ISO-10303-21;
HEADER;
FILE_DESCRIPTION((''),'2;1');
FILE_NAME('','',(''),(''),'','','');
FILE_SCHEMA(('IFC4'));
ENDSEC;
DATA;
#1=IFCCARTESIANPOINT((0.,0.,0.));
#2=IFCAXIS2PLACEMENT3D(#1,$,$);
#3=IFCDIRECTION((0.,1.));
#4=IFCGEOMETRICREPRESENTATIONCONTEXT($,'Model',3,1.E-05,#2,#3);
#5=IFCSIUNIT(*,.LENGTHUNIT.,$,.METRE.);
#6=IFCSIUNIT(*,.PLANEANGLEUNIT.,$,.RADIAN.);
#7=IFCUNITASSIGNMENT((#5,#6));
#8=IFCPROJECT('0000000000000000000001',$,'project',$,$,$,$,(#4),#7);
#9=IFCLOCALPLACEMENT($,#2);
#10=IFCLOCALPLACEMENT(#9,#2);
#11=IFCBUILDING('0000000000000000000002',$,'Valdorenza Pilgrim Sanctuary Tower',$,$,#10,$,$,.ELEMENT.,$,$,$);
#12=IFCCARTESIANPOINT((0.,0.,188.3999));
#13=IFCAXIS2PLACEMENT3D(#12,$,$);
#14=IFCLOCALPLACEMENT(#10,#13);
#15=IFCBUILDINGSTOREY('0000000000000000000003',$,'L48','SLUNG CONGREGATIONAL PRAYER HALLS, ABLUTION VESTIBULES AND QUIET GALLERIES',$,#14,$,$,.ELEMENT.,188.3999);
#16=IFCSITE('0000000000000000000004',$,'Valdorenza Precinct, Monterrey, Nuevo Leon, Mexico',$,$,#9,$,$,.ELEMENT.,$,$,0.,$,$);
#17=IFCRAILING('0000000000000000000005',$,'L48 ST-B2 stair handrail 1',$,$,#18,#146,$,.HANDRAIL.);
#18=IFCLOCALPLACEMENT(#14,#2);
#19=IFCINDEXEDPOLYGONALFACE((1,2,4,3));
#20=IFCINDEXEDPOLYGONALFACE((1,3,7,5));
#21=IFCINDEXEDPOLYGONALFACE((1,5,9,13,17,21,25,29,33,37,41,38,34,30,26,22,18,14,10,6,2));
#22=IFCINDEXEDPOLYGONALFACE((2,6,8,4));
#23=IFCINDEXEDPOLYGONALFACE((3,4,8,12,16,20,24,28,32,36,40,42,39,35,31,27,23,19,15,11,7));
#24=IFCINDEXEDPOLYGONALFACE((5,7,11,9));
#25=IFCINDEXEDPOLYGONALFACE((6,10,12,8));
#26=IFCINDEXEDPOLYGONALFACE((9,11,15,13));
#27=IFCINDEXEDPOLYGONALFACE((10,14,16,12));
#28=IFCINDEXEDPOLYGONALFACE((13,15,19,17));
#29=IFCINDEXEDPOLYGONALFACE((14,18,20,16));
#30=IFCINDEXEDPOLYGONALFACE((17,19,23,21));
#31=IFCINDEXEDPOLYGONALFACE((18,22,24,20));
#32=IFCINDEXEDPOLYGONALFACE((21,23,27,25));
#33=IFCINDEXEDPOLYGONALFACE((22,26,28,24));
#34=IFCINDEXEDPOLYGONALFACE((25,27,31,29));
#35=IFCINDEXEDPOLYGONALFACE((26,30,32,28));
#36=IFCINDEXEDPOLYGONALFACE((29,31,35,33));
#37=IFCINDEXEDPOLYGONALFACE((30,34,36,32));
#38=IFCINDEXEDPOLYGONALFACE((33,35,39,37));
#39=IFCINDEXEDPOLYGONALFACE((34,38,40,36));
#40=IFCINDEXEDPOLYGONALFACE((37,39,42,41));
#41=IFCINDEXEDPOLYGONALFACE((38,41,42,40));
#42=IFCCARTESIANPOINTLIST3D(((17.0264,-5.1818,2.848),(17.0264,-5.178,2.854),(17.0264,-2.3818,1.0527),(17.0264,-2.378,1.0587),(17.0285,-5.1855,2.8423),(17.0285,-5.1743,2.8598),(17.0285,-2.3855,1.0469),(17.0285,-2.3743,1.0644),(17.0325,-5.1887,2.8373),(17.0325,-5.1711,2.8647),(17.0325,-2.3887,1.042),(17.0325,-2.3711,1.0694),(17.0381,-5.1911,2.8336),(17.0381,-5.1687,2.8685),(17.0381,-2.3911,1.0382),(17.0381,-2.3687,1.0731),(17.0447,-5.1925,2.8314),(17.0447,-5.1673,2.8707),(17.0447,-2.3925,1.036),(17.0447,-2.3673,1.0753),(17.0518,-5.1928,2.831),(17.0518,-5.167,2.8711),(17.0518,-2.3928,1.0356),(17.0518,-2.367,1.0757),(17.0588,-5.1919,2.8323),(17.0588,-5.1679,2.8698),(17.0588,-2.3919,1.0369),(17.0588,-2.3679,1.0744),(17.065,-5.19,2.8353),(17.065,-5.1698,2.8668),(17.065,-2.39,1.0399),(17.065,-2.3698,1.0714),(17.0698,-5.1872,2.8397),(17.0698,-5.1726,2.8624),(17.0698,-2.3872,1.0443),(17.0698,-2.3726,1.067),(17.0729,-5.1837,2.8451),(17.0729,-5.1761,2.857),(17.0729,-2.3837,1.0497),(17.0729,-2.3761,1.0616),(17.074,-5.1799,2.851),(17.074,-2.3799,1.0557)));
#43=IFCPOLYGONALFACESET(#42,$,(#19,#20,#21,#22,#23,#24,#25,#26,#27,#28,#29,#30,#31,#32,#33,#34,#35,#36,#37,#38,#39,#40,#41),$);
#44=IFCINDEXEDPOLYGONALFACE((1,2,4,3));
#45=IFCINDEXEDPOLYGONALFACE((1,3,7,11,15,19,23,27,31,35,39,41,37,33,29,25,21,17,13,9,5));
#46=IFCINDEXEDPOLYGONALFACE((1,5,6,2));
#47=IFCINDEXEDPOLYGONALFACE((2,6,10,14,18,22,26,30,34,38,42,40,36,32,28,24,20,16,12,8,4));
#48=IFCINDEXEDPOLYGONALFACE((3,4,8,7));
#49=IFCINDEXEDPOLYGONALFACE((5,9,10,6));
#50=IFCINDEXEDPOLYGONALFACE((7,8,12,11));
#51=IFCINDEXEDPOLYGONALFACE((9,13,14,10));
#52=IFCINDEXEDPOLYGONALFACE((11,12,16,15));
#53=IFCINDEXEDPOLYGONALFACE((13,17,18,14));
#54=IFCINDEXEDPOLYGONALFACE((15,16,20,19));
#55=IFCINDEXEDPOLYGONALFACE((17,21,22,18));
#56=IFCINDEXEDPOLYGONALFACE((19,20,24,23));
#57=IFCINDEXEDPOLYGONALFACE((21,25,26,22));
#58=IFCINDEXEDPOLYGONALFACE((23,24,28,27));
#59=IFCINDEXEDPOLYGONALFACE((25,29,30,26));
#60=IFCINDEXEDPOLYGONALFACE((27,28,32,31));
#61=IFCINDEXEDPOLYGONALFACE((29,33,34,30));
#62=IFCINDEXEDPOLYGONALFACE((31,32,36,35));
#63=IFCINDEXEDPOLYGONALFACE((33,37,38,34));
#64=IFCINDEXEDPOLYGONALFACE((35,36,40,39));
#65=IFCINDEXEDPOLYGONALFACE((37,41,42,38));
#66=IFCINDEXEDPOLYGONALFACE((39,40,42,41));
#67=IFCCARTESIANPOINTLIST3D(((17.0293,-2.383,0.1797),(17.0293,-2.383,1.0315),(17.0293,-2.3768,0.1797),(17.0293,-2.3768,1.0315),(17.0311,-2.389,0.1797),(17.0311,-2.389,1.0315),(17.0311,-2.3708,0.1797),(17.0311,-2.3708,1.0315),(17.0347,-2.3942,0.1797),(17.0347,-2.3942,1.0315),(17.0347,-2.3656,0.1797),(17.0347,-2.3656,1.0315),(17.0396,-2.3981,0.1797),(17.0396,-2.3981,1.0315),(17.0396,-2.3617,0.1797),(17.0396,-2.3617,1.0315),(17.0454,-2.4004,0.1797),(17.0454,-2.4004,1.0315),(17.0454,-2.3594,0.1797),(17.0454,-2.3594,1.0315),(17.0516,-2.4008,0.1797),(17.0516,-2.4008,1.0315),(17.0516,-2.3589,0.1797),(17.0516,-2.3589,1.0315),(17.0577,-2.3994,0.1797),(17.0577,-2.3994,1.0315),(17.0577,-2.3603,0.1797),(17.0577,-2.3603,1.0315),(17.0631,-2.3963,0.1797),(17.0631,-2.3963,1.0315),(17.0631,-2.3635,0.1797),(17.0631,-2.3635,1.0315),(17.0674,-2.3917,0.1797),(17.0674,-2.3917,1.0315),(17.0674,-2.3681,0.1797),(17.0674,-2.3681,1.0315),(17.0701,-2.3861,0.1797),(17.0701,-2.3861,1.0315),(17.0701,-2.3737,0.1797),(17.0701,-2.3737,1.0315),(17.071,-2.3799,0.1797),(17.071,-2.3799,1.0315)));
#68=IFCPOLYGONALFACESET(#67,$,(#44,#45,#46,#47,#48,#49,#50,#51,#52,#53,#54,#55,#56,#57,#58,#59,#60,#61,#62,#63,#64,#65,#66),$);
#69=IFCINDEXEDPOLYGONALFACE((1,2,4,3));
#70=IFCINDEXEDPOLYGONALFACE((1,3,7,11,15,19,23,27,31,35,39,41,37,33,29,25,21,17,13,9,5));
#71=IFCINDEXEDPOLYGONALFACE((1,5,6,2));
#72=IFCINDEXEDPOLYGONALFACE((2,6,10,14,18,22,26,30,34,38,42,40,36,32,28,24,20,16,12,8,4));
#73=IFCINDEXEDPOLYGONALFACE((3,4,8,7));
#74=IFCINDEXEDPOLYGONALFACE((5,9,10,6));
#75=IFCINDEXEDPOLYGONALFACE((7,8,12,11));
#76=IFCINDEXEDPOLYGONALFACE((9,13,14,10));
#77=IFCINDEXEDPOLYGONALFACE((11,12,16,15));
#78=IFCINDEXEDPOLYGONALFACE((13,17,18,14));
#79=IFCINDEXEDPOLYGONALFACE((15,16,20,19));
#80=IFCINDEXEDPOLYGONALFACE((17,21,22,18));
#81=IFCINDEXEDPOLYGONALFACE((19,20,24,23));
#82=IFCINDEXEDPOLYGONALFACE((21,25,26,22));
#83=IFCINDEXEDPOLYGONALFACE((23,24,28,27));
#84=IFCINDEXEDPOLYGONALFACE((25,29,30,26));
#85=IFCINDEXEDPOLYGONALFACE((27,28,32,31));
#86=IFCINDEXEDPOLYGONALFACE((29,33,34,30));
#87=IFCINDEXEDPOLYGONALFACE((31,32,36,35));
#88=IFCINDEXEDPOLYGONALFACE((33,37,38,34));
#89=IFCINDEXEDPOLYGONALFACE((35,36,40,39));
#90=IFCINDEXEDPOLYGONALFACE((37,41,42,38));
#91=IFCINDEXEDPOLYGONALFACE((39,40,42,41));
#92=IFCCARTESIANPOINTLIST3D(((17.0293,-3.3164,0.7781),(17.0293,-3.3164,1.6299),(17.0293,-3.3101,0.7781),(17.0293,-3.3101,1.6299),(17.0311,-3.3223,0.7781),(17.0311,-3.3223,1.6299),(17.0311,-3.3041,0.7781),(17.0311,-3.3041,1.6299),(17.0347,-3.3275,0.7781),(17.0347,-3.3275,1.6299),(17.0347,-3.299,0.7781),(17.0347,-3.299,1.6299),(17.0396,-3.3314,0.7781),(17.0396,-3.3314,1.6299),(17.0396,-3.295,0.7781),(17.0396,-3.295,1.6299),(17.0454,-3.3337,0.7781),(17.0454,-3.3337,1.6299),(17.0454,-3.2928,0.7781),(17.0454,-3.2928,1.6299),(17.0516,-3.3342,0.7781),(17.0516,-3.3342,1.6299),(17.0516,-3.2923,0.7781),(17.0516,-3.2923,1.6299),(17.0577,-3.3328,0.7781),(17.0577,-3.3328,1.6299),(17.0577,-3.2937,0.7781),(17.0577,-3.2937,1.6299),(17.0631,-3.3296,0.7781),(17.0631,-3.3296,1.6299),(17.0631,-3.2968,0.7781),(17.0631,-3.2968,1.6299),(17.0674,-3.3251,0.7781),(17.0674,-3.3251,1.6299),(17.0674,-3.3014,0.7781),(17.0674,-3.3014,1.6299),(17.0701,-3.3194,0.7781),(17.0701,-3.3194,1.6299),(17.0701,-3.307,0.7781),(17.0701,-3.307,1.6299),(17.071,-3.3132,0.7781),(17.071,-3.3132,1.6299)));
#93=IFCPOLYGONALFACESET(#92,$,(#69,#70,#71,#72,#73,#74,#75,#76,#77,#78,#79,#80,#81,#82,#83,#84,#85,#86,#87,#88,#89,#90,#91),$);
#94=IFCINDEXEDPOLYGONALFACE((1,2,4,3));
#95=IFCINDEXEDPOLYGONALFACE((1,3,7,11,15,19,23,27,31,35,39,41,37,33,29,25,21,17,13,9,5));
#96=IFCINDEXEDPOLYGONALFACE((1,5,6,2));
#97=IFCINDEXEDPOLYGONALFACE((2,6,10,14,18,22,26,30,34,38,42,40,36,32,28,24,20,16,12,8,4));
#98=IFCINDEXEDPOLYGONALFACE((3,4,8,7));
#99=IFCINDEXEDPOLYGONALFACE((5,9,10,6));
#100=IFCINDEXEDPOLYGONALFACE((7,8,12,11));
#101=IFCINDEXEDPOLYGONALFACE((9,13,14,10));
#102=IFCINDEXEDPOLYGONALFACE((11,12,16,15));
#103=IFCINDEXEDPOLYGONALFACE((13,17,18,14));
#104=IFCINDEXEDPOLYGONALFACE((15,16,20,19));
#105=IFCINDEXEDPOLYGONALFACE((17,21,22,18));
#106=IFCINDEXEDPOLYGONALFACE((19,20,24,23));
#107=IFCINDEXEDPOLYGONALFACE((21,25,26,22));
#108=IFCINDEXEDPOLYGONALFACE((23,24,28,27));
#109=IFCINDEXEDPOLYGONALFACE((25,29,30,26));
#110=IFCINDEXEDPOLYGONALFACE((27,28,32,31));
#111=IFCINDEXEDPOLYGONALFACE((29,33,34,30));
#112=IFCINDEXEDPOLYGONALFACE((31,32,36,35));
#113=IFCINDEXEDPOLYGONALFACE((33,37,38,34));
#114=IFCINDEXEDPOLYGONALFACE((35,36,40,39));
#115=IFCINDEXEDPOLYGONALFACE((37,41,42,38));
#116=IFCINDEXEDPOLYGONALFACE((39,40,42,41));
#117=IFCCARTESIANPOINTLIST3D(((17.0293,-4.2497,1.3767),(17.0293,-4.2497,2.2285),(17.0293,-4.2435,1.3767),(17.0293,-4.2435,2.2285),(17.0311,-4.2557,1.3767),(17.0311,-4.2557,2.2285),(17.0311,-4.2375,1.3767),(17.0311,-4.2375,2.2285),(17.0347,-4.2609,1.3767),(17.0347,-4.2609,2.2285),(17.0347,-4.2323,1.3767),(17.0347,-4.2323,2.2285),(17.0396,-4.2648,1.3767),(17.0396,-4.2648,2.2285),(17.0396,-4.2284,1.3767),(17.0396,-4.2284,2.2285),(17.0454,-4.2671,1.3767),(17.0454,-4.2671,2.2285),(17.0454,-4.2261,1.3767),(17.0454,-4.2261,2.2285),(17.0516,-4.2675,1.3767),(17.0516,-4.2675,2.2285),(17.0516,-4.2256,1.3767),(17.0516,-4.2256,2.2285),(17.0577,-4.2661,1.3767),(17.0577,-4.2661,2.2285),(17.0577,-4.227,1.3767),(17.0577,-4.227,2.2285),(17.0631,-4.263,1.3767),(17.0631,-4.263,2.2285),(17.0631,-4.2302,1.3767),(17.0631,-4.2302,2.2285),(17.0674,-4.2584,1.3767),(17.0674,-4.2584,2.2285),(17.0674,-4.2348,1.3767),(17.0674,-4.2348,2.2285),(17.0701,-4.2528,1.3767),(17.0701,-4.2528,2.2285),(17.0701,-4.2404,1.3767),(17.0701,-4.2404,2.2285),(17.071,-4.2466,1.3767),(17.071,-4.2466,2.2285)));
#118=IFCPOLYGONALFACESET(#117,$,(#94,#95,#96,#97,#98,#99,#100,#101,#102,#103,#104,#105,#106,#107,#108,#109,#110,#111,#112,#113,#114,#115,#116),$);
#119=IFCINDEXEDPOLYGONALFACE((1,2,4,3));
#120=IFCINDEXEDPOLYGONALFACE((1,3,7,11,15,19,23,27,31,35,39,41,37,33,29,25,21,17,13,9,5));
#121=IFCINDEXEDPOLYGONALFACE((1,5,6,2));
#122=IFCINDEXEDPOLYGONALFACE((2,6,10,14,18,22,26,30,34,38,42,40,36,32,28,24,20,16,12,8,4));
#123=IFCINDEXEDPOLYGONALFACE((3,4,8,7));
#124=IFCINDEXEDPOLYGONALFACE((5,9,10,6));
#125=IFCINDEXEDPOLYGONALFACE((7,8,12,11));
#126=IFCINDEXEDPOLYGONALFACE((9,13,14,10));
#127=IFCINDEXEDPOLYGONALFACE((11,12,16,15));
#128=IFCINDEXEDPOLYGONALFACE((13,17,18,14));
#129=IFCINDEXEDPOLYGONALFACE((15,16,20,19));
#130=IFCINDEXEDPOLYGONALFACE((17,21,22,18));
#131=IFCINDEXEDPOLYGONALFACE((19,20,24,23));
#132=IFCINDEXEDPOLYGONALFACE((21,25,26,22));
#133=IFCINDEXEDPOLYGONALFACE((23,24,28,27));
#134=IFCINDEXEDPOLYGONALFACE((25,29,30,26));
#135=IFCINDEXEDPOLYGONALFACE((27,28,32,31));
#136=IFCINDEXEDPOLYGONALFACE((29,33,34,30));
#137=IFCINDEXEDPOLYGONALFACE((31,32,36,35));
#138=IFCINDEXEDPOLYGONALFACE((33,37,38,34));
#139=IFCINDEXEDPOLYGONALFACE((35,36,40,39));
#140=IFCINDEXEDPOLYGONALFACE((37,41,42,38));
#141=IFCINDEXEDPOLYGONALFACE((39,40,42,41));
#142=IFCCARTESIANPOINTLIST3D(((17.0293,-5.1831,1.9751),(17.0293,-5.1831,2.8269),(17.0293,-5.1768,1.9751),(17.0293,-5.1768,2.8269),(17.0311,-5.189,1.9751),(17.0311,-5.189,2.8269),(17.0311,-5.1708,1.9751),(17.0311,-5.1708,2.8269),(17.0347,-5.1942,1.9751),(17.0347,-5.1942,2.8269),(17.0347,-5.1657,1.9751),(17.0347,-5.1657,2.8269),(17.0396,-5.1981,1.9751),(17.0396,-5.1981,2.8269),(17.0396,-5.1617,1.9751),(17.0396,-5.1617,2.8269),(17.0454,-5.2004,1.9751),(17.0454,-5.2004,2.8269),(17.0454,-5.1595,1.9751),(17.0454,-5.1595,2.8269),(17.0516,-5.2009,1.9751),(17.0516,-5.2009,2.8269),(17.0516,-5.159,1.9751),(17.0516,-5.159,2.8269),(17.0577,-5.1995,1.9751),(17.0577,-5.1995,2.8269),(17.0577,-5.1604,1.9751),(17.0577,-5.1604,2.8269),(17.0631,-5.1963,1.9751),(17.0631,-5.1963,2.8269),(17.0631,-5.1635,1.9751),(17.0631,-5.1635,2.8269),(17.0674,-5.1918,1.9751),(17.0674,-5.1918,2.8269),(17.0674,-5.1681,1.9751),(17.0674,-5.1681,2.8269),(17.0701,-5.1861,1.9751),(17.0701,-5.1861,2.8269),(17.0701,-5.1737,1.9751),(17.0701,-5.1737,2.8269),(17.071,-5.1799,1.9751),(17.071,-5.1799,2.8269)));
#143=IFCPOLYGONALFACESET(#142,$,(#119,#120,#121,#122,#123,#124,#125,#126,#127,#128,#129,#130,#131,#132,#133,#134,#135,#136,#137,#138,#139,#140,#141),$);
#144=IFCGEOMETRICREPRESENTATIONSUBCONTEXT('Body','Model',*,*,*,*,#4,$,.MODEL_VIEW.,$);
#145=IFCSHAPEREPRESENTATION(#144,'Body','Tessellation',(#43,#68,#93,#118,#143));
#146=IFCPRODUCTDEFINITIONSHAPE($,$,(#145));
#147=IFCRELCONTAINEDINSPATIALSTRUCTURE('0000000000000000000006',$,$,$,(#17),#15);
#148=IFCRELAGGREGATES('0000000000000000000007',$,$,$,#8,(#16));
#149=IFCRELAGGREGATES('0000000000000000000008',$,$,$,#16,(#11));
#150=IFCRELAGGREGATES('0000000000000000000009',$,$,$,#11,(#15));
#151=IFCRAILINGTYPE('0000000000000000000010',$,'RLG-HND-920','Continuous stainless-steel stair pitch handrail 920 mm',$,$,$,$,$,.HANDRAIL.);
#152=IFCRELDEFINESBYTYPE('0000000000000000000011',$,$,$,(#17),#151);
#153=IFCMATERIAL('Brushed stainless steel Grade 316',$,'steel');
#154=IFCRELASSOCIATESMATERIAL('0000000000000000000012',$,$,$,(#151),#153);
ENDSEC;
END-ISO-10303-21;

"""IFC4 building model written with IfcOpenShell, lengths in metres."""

from ifc_helpers import new_model, si_unit, direction, frame, origin, origin_2d, place, context, subcontext, project, spatial, circle, extrude, material, type_object, element, save


model = new_model("IFC4")

# Units and contexts
model_context = context("Model", 3, precision=1e-05, world=origin(), true_north=direction((0.0, 1.0)))
body_context = subcontext(model_context, "Body", "Model", "MODEL_VIEW")
ifc_project = project(units=[si_unit("LENGTHUNIT", "METRE"), si_unit("PLANEANGLEUNIT", "RADIAN")], contexts=[model_context])

# Site, building, storey
site_placement = place(None, origin())
site = spatial("IfcSite", under=ifc_project, at=site_placement, Name="Valdorenza Precinct, Monterrey, Nuevo Leon, Mexico", CompositionType="ELEMENT", RefElevation=0.0)
building_placement = place(site_placement, origin())
building = spatial("IfcBuilding", under=site, at=building_placement, Name="Valdorenza Pilgrim Sanctuary Tower", CompositionType="ELEMENT")
storey_placement = place(building_placement, frame((0.0, 0.0, 188.3999)))
storey = spatial("IfcBuildingStorey", under=building, at=storey_placement, Name="L48", Description="SLUNG CONGREGATIONAL PRAYER HALLS, ABLUTION VESTIBULES AND QUIET GALLERIES", CompositionType="ELEMENT", Elevation=188.3999)

# Railing
ifc_material_1 = material(Name="Brushed stainless steel Grade 316", Category="steel")
railing_type_1 = type_object("IfcRailingType", Name="RLG-HND-920", Description="Continuous stainless-steel stair pitch handrail 920 mm", PredefinedType="HANDRAIL", material=ifc_material_1)
railing_1_placement = place(storey_placement, frame((17.05, -2.3799, 0.1797)))
element("IfcRailing", 1, at=railing_1_placement, inside=storey, type_object=railing_type_1, Name="L48 ST-B2 stair handrail 1", PredefinedType="HANDRAIL", context=body_context, shape_type="SweptSolid", body=[
    extrude(circle(Radius=0.0239, at=origin_2d()), frame((0.0, 0.0, 0.876), z_axis=(0.0, -0.84181, 0.539774), x_axis=(1.0, 0.0, 0.0)), (0.0, 0.0, 1.0), 3.3262),
    extrude(circle(Radius=0.021, at=origin_2d()), origin(), (0.0, 0.0, 1.0), 0.8518),
    extrude(circle(Radius=0.021, at=origin_2d()), frame((0.0, -0.9333, 0.5984)), (0.0, 0.0, 1.0), 0.8518),
    extrude(circle(Radius=0.021, at=origin_2d()), frame((0.0, -1.8667, 1.197)), (0.0, 0.0, 1.0), 0.8518),
    extrude(circle(Radius=0.021, at=origin_2d()), frame((0.0, -2.8, 1.7954)), (0.0, 0.0, 1.0), 0.8518),
])

save(model, "model.ifc")
